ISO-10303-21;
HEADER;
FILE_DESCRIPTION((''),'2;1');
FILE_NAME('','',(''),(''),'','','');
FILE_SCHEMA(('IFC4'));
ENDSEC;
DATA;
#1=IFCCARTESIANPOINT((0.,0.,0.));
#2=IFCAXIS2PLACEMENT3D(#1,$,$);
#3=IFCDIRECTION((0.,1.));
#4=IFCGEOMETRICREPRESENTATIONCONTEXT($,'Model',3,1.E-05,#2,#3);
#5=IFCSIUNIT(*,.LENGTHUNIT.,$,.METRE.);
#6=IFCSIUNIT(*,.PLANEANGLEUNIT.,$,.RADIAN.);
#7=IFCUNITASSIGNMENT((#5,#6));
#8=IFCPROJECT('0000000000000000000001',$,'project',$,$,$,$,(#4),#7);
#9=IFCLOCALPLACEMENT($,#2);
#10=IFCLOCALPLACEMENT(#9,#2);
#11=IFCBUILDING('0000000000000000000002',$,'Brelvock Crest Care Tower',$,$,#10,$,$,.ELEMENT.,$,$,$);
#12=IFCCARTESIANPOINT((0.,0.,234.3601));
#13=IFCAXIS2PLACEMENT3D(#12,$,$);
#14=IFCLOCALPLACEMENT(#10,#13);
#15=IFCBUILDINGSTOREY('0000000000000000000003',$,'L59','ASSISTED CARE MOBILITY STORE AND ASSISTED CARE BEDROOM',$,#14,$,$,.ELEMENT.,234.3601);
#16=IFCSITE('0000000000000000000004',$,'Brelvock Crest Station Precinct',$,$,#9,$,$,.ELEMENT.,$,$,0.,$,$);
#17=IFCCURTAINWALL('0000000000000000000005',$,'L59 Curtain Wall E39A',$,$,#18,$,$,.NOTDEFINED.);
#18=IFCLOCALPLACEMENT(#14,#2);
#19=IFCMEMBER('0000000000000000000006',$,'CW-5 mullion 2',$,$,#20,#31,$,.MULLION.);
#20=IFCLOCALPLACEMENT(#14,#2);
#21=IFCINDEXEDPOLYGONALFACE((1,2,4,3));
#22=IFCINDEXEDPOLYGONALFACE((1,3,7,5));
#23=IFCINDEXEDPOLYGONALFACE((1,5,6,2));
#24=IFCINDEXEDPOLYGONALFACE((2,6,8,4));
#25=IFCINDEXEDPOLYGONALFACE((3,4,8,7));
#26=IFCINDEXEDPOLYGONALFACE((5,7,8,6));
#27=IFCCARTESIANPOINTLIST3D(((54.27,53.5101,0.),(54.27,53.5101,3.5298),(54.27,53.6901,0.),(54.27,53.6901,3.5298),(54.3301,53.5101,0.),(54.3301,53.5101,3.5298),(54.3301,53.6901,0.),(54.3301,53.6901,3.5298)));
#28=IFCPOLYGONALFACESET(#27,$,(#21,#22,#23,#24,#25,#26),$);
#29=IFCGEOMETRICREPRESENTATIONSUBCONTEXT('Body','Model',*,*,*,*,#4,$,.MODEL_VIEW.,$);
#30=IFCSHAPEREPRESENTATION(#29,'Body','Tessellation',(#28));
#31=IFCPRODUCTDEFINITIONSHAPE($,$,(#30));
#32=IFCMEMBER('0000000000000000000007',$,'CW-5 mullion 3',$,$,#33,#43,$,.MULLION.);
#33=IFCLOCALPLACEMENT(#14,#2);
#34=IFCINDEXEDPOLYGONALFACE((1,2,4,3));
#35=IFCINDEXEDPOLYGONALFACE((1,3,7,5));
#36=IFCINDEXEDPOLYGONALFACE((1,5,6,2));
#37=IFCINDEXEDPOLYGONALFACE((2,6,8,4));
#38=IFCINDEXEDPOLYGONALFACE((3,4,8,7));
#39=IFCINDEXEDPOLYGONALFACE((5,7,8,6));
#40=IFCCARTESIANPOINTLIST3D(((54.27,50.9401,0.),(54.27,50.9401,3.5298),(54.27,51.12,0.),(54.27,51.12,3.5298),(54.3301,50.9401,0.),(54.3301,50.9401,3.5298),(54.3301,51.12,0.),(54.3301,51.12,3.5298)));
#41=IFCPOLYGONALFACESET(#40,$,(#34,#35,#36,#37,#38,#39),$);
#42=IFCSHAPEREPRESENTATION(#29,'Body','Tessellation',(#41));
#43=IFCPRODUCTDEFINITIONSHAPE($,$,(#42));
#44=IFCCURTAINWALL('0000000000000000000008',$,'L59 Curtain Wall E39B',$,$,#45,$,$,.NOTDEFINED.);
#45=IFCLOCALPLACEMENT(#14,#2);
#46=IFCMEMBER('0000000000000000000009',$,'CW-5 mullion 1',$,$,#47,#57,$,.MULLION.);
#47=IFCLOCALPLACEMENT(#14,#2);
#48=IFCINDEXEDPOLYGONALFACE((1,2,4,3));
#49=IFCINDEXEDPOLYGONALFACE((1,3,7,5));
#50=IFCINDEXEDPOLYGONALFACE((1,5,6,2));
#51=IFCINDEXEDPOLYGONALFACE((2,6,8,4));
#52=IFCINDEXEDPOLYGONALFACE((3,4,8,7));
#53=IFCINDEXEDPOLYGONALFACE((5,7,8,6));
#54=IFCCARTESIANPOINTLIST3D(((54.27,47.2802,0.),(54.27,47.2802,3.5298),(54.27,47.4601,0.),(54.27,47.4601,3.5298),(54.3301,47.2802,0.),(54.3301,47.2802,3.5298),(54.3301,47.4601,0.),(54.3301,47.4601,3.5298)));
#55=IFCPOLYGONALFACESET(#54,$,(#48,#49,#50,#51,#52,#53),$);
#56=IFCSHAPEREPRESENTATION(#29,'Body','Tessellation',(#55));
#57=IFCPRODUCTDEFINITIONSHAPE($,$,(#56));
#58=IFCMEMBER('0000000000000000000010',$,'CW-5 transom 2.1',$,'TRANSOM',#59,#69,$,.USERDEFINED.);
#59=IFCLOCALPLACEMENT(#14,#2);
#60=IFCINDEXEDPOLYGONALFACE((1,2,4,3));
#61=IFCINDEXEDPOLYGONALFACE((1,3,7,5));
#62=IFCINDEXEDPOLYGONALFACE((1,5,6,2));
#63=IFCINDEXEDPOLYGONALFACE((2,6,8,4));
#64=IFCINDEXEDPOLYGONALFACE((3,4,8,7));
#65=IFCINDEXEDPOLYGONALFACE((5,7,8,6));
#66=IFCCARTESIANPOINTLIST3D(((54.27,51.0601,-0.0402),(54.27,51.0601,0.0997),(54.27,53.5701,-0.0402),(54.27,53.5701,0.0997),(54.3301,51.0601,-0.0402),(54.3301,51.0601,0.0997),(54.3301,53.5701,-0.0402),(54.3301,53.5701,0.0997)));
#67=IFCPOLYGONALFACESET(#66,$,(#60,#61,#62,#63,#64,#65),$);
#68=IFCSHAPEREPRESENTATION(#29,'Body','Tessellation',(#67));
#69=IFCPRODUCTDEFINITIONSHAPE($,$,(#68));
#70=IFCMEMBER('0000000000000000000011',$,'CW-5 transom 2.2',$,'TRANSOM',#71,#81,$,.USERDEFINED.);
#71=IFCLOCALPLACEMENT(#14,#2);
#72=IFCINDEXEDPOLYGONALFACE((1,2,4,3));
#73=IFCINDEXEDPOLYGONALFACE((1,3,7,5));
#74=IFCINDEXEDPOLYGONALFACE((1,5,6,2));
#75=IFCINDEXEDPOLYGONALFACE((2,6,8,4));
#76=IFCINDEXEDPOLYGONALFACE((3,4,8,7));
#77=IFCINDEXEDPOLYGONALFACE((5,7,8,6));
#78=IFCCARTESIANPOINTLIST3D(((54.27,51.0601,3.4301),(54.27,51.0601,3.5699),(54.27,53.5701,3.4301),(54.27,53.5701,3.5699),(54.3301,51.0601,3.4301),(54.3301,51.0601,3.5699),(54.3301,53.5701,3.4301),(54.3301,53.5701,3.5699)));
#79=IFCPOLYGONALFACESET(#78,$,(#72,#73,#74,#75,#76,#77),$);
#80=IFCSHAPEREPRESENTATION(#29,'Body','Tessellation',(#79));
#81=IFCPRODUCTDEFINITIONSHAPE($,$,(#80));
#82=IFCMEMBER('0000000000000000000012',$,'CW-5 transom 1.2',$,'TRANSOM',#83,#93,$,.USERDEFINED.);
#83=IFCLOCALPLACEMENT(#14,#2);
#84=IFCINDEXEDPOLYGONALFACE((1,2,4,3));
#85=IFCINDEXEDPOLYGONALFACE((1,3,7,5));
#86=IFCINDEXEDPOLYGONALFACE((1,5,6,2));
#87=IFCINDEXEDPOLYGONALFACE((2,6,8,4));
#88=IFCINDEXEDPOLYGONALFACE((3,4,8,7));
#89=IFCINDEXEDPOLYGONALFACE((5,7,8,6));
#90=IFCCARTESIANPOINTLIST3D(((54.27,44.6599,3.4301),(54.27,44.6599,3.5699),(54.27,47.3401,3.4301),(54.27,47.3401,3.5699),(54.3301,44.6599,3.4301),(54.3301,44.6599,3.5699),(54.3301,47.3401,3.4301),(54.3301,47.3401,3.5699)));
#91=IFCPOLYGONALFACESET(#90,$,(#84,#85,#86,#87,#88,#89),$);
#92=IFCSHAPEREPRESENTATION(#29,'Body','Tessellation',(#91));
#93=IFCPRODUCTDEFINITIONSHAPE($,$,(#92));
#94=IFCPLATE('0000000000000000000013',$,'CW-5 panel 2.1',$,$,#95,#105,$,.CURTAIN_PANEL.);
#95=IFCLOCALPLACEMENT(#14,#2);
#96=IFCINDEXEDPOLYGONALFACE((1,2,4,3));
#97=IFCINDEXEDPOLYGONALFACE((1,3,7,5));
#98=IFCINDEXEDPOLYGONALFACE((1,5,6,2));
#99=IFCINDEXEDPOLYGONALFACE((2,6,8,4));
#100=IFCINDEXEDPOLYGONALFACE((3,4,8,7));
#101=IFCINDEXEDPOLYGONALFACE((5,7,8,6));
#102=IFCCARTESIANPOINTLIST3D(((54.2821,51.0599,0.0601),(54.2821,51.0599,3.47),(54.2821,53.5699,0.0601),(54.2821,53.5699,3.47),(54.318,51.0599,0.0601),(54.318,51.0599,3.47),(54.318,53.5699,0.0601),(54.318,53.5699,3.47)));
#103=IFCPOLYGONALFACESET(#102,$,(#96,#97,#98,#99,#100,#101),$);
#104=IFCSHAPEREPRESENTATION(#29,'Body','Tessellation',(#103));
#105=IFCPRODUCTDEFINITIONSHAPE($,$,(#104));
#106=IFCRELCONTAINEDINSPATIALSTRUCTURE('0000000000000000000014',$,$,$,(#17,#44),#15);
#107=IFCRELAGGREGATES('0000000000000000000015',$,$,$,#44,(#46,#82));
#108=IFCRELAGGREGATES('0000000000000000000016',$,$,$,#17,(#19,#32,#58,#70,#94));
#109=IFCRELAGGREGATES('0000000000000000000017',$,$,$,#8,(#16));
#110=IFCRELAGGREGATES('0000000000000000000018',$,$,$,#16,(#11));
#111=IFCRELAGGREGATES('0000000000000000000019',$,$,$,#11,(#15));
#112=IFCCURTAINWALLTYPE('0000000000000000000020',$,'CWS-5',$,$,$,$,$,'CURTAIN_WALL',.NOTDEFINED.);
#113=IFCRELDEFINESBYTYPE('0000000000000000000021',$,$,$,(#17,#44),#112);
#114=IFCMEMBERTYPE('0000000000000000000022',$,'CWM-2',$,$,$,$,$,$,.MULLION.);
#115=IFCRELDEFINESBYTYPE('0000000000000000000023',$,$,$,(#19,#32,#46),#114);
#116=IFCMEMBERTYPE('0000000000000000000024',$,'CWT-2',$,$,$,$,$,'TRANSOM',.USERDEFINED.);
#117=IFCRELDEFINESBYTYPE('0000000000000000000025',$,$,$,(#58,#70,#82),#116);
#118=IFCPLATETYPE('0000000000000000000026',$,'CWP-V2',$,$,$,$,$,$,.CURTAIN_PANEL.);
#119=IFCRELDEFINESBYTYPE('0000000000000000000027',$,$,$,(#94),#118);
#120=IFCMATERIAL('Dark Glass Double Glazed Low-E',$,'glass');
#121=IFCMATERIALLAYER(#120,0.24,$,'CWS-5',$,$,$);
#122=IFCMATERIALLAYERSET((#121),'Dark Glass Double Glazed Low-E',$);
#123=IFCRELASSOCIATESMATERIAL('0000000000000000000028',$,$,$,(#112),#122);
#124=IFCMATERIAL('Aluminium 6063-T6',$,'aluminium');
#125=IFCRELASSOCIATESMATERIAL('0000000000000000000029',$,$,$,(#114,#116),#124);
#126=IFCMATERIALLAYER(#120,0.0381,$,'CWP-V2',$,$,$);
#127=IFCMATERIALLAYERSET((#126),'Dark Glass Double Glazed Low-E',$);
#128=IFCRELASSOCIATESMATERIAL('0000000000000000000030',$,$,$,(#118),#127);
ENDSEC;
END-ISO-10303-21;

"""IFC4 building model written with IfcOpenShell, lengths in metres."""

from ifc_helpers import new_model, si_unit, direction, frame, origin, origin_2d, place, context, subcontext, project, spatial, rectangle, extrude, source, transform, mapped, material, layer, layer_set, material_profile, profile_set, type_object, element, aggregate, save


model = new_model("IFC4")

# Units and contexts
model_context = context("Model", 3, precision=1e-05, world=origin(), true_north=direction((0.0, 1.0)))
body_context = subcontext(model_context, "Body", "Model", "MODEL_VIEW")
ifc_project = project(units=[si_unit("LENGTHUNIT", "METRE"), si_unit("PLANEANGLEUNIT", "RADIAN")], contexts=[model_context])

# Site, building, storey
site_placement = place(None, origin())
site = spatial("IfcSite", under=ifc_project, at=site_placement, Name="Brelvock Crest Station Precinct", CompositionType="ELEMENT", RefElevation=0.0)
building_placement = place(site_placement, origin())
building = spatial("IfcBuilding", under=site, at=building_placement, Name="Brelvock Crest Care Tower", CompositionType="ELEMENT")
storey_placement = place(building_placement, frame((0.0, 0.0, 234.3601)))
storey = spatial("IfcBuildingStorey", under=building, at=storey_placement, Name="L59", Description="ASSISTED CARE MOBILITY STORE AND ASSISTED CARE BEDROOM", CompositionType="ELEMENT", Elevation=234.3601)

# Curtain wall, members
ifc_material_1 = material(Name="Dark Glass Double Glazed Low-E", Category="glass")
ifc_layer_1 = layer(ifc_material_1, 0.24, Name="CWS-5")
ifc_layer_set_1 = layer_set([ifc_layer_1], Name="Dark Glass Double Glazed Low-E")
curtain_wall_type = type_object("IfcCurtainWallType", Name="CWS-5", ElementType="CURTAIN_WALL", PredefinedType="NOTDEFINED", material=ifc_layer_set_1)
curtain_wall_1_placement = place(storey_placement, origin())
curtain_wall_1 = element("IfcCurtainWall", 1, at=curtain_wall_1_placement, inside=storey, type_object=curtain_wall_type, Name="L59 Curtain Wall E39A", PredefinedType="NOTDEFINED")
ifc_material_2 = material(Name="Aluminium 6063-T6", Category="aluminium")
ifc_material_profile_1 = material_profile(ifc_material_2, rectangle(XDim=0.0601, YDim=0.1799, at=origin_2d()), Name="ALU60x180")
ifc_profile_set_1 = profile_set([ifc_material_profile_1], Name="Aluminium 6063-T6")
member_type_1 = type_object("IfcMemberType", Name="CWM-2", PredefinedType="MULLION", material=ifc_profile_set_1)
shared_shape_1 = source(origin(), body_context, "Body", "SweptSolid", [
    extrude(rectangle(XDim=0.0601, YDim=0.1799, at=origin_2d()), origin(), (0.0, 0.0, 1.0), 3.5298),
])
member_1_placement = place(storey_placement, frame((54.3, 53.6001, 0.0), z_axis=(0.0, 0.0, 1.0), x_axis=(1.0, 0.0, 0.0)))
member_1 = element("IfcMember", 2, at=member_1_placement, type_object=member_type_1, Name="CW-5 mullion 2", PredefinedType="MULLION", context=body_context, shape_type="MappedRepresentation", body=[
    mapped(shared_shape_1, transform((0.0, 0.0, 0.0), x_axis=(1.0, 0.0, 0.0), y_axis=(0.0, 1.0, 0.0), z_axis=(0.0, 0.0, 1.0), scale=1.0)),
])
member_2_placement = place(storey_placement, frame((54.3, 51.03, 0.0), z_axis=(0.0, 0.0, 1.0), x_axis=(1.0, 0.0, 0.0)))
member_2 = element("IfcMember", 3, at=member_2_placement, type_object=member_type_1, Name="CW-5 mullion 3", PredefinedType="MULLION", context=body_context, shape_type="MappedRepresentation", body=[
    mapped(shared_shape_1, transform((0.0, 0.0, 0.0), x_axis=(1.0, 0.0, 0.0), y_axis=(0.0, 1.0, 0.0), z_axis=(0.0, 0.0, 1.0), scale=1.0)),
])

# Curtain wall, member
curtain_wall_2_placement = place(storey_placement, origin())
curtain_wall_2 = element("IfcCurtainWall", 4, at=curtain_wall_2_placement, inside=storey, type_object=curtain_wall_type, Name="L59 Curtain Wall E39B", PredefinedType="NOTDEFINED")
member_3_placement = place(storey_placement, frame((54.3, 47.3701, 0.0), z_axis=(0.0, 0.0, 1.0), x_axis=(1.0, 0.0, 0.0)))
member_3 = element("IfcMember", 5, at=member_3_placement, type_object=member_type_1, Name="CW-5 mullion 1", PredefinedType="MULLION", context=body_context, shape_type="MappedRepresentation", body=[
    mapped(shared_shape_1, transform((0.0, 0.0, 0.0), x_axis=(1.0, 0.0, 0.0), y_axis=(0.0, 1.0, 0.0), z_axis=(0.0, 0.0, 1.0), scale=1.0)),
])

# Members
ifc_material_profile_2 = material_profile(ifc_material_2, rectangle(XDim=0.0601, YDim=0.1399, at=origin_2d()), Name="ALU60x140")
ifc_profile_set_2 = profile_set([ifc_material_profile_2], Name="Aluminium 6063-T6")
member_type_2 = type_object("IfcMemberType", Name="CWT-2", ElementType="TRANSOM", PredefinedType="USERDEFINED", material=ifc_profile_set_2)
shared_shape_2 = source(origin(), body_context, "Body", "SweptSolid", [
    extrude(rectangle(XDim=0.0601, YDim=0.1399, at=origin_2d()), origin(), (0.0, 0.0, 1.0), 2.51),
])
member_4_placement = place(storey_placement, frame((54.3, 53.5701, 0.0298), z_axis=(0.0, -1.0, 0.0), x_axis=(1.0, 0.0, 0.0)))
member_4 = element("IfcMember", 6, at=member_4_placement, type_object=member_type_2, Name="CW-5 transom 2.1", ObjectType="TRANSOM", PredefinedType="USERDEFINED", context=body_context, shape_type="MappedRepresentation", body=[
    mapped(shared_shape_2, transform((0.0, 0.0, 0.0), x_axis=(1.0, 0.0, 0.0), y_axis=(0.0, 1.0, 0.0), z_axis=(0.0, 0.0, 1.0), scale=1.0)),
])
member_5_placement = place(storey_placement, frame((54.3, 53.5701, 3.5), z_axis=(0.0, -1.0, 0.0), x_axis=(1.0, 0.0, 0.0)))
member_5 = element("IfcMember", 7, at=member_5_placement, type_object=member_type_2, Name="CW-5 transom 2.2", ObjectType="TRANSOM", PredefinedType="USERDEFINED", context=body_context, shape_type="MappedRepresentation", body=[
    mapped(shared_shape_2, transform((0.0, 0.0, 0.0), x_axis=(1.0, 0.0, 0.0), y_axis=(0.0, 1.0, 0.0), z_axis=(0.0, 0.0, 1.0), scale=1.0)),
])
shared_shape_3 = source(origin(), body_context, "Body", "SweptSolid", [
    extrude(rectangle(XDim=0.0601, YDim=0.1399, at=origin_2d()), origin(), (0.0, 0.0, 1.0), 2.6802),
])
member_6_placement = place(storey_placement, frame((54.3, 47.3401, 3.5), z_axis=(0.0, -1.0, 0.0), x_axis=(1.0, 0.0, 0.0)))
member_6 = element("IfcMember", 8, at=member_6_placement, type_object=member_type_2, Name="CW-5 transom 1.2", ObjectType="TRANSOM", PredefinedType="USERDEFINED", context=body_context, shape_type="MappedRepresentation", body=[
    mapped(shared_shape_3, transform((0.0, 0.0, 0.0), x_axis=(1.0, 0.0, 0.0), y_axis=(0.0, 1.0, 0.0), z_axis=(0.0, 0.0, 1.0), scale=1.0)),
])
aggregate(curtain_wall_2, [member_3, member_6])

# Plate
ifc_layer_2 = layer(ifc_material_1, 0.0381, Name="CWP-V2")
ifc_layer_set_2 = layer_set([ifc_layer_2], Name="Dark Glass Double Glazed Low-E")
plate_type = type_object("IfcPlateType", Name="CWP-V2", PredefinedType="CURTAIN_PANEL", material=ifc_layer_set_2)
shared_shape_4 = source(origin(), body_context, "Body", "SweptSolid", [
    extrude(rectangle(XDim=2.51, YDim=0.0359, at=origin_2d()), origin(), (0.0, 0.0, 1.0), 3.4099),
])
plate_placement = place(storey_placement, frame((54.3, 52.3149, 0.0601), z_axis=(0.0, 0.0, 1.0), x_axis=(0.0, -1.0, 0.0)))
plate = element("IfcPlate", 9, at=plate_placement, type_object=plate_type, Name="CW-5 panel 2.1", PredefinedType="CURTAIN_PANEL", context=body_context, shape_type="MappedRepresentation", body=[
    mapped(shared_shape_4, transform((0.0, 0.0, 0.0), x_axis=(1.0, 0.0, 0.0), y_axis=(0.0, 1.0, 0.0), z_axis=(0.0, 0.0, 1.0), scale=1.0)),
])
aggregate(curtain_wall_1, [member_1, member_2, member_4, member_5, plate])

save(model, "model.ifc")
